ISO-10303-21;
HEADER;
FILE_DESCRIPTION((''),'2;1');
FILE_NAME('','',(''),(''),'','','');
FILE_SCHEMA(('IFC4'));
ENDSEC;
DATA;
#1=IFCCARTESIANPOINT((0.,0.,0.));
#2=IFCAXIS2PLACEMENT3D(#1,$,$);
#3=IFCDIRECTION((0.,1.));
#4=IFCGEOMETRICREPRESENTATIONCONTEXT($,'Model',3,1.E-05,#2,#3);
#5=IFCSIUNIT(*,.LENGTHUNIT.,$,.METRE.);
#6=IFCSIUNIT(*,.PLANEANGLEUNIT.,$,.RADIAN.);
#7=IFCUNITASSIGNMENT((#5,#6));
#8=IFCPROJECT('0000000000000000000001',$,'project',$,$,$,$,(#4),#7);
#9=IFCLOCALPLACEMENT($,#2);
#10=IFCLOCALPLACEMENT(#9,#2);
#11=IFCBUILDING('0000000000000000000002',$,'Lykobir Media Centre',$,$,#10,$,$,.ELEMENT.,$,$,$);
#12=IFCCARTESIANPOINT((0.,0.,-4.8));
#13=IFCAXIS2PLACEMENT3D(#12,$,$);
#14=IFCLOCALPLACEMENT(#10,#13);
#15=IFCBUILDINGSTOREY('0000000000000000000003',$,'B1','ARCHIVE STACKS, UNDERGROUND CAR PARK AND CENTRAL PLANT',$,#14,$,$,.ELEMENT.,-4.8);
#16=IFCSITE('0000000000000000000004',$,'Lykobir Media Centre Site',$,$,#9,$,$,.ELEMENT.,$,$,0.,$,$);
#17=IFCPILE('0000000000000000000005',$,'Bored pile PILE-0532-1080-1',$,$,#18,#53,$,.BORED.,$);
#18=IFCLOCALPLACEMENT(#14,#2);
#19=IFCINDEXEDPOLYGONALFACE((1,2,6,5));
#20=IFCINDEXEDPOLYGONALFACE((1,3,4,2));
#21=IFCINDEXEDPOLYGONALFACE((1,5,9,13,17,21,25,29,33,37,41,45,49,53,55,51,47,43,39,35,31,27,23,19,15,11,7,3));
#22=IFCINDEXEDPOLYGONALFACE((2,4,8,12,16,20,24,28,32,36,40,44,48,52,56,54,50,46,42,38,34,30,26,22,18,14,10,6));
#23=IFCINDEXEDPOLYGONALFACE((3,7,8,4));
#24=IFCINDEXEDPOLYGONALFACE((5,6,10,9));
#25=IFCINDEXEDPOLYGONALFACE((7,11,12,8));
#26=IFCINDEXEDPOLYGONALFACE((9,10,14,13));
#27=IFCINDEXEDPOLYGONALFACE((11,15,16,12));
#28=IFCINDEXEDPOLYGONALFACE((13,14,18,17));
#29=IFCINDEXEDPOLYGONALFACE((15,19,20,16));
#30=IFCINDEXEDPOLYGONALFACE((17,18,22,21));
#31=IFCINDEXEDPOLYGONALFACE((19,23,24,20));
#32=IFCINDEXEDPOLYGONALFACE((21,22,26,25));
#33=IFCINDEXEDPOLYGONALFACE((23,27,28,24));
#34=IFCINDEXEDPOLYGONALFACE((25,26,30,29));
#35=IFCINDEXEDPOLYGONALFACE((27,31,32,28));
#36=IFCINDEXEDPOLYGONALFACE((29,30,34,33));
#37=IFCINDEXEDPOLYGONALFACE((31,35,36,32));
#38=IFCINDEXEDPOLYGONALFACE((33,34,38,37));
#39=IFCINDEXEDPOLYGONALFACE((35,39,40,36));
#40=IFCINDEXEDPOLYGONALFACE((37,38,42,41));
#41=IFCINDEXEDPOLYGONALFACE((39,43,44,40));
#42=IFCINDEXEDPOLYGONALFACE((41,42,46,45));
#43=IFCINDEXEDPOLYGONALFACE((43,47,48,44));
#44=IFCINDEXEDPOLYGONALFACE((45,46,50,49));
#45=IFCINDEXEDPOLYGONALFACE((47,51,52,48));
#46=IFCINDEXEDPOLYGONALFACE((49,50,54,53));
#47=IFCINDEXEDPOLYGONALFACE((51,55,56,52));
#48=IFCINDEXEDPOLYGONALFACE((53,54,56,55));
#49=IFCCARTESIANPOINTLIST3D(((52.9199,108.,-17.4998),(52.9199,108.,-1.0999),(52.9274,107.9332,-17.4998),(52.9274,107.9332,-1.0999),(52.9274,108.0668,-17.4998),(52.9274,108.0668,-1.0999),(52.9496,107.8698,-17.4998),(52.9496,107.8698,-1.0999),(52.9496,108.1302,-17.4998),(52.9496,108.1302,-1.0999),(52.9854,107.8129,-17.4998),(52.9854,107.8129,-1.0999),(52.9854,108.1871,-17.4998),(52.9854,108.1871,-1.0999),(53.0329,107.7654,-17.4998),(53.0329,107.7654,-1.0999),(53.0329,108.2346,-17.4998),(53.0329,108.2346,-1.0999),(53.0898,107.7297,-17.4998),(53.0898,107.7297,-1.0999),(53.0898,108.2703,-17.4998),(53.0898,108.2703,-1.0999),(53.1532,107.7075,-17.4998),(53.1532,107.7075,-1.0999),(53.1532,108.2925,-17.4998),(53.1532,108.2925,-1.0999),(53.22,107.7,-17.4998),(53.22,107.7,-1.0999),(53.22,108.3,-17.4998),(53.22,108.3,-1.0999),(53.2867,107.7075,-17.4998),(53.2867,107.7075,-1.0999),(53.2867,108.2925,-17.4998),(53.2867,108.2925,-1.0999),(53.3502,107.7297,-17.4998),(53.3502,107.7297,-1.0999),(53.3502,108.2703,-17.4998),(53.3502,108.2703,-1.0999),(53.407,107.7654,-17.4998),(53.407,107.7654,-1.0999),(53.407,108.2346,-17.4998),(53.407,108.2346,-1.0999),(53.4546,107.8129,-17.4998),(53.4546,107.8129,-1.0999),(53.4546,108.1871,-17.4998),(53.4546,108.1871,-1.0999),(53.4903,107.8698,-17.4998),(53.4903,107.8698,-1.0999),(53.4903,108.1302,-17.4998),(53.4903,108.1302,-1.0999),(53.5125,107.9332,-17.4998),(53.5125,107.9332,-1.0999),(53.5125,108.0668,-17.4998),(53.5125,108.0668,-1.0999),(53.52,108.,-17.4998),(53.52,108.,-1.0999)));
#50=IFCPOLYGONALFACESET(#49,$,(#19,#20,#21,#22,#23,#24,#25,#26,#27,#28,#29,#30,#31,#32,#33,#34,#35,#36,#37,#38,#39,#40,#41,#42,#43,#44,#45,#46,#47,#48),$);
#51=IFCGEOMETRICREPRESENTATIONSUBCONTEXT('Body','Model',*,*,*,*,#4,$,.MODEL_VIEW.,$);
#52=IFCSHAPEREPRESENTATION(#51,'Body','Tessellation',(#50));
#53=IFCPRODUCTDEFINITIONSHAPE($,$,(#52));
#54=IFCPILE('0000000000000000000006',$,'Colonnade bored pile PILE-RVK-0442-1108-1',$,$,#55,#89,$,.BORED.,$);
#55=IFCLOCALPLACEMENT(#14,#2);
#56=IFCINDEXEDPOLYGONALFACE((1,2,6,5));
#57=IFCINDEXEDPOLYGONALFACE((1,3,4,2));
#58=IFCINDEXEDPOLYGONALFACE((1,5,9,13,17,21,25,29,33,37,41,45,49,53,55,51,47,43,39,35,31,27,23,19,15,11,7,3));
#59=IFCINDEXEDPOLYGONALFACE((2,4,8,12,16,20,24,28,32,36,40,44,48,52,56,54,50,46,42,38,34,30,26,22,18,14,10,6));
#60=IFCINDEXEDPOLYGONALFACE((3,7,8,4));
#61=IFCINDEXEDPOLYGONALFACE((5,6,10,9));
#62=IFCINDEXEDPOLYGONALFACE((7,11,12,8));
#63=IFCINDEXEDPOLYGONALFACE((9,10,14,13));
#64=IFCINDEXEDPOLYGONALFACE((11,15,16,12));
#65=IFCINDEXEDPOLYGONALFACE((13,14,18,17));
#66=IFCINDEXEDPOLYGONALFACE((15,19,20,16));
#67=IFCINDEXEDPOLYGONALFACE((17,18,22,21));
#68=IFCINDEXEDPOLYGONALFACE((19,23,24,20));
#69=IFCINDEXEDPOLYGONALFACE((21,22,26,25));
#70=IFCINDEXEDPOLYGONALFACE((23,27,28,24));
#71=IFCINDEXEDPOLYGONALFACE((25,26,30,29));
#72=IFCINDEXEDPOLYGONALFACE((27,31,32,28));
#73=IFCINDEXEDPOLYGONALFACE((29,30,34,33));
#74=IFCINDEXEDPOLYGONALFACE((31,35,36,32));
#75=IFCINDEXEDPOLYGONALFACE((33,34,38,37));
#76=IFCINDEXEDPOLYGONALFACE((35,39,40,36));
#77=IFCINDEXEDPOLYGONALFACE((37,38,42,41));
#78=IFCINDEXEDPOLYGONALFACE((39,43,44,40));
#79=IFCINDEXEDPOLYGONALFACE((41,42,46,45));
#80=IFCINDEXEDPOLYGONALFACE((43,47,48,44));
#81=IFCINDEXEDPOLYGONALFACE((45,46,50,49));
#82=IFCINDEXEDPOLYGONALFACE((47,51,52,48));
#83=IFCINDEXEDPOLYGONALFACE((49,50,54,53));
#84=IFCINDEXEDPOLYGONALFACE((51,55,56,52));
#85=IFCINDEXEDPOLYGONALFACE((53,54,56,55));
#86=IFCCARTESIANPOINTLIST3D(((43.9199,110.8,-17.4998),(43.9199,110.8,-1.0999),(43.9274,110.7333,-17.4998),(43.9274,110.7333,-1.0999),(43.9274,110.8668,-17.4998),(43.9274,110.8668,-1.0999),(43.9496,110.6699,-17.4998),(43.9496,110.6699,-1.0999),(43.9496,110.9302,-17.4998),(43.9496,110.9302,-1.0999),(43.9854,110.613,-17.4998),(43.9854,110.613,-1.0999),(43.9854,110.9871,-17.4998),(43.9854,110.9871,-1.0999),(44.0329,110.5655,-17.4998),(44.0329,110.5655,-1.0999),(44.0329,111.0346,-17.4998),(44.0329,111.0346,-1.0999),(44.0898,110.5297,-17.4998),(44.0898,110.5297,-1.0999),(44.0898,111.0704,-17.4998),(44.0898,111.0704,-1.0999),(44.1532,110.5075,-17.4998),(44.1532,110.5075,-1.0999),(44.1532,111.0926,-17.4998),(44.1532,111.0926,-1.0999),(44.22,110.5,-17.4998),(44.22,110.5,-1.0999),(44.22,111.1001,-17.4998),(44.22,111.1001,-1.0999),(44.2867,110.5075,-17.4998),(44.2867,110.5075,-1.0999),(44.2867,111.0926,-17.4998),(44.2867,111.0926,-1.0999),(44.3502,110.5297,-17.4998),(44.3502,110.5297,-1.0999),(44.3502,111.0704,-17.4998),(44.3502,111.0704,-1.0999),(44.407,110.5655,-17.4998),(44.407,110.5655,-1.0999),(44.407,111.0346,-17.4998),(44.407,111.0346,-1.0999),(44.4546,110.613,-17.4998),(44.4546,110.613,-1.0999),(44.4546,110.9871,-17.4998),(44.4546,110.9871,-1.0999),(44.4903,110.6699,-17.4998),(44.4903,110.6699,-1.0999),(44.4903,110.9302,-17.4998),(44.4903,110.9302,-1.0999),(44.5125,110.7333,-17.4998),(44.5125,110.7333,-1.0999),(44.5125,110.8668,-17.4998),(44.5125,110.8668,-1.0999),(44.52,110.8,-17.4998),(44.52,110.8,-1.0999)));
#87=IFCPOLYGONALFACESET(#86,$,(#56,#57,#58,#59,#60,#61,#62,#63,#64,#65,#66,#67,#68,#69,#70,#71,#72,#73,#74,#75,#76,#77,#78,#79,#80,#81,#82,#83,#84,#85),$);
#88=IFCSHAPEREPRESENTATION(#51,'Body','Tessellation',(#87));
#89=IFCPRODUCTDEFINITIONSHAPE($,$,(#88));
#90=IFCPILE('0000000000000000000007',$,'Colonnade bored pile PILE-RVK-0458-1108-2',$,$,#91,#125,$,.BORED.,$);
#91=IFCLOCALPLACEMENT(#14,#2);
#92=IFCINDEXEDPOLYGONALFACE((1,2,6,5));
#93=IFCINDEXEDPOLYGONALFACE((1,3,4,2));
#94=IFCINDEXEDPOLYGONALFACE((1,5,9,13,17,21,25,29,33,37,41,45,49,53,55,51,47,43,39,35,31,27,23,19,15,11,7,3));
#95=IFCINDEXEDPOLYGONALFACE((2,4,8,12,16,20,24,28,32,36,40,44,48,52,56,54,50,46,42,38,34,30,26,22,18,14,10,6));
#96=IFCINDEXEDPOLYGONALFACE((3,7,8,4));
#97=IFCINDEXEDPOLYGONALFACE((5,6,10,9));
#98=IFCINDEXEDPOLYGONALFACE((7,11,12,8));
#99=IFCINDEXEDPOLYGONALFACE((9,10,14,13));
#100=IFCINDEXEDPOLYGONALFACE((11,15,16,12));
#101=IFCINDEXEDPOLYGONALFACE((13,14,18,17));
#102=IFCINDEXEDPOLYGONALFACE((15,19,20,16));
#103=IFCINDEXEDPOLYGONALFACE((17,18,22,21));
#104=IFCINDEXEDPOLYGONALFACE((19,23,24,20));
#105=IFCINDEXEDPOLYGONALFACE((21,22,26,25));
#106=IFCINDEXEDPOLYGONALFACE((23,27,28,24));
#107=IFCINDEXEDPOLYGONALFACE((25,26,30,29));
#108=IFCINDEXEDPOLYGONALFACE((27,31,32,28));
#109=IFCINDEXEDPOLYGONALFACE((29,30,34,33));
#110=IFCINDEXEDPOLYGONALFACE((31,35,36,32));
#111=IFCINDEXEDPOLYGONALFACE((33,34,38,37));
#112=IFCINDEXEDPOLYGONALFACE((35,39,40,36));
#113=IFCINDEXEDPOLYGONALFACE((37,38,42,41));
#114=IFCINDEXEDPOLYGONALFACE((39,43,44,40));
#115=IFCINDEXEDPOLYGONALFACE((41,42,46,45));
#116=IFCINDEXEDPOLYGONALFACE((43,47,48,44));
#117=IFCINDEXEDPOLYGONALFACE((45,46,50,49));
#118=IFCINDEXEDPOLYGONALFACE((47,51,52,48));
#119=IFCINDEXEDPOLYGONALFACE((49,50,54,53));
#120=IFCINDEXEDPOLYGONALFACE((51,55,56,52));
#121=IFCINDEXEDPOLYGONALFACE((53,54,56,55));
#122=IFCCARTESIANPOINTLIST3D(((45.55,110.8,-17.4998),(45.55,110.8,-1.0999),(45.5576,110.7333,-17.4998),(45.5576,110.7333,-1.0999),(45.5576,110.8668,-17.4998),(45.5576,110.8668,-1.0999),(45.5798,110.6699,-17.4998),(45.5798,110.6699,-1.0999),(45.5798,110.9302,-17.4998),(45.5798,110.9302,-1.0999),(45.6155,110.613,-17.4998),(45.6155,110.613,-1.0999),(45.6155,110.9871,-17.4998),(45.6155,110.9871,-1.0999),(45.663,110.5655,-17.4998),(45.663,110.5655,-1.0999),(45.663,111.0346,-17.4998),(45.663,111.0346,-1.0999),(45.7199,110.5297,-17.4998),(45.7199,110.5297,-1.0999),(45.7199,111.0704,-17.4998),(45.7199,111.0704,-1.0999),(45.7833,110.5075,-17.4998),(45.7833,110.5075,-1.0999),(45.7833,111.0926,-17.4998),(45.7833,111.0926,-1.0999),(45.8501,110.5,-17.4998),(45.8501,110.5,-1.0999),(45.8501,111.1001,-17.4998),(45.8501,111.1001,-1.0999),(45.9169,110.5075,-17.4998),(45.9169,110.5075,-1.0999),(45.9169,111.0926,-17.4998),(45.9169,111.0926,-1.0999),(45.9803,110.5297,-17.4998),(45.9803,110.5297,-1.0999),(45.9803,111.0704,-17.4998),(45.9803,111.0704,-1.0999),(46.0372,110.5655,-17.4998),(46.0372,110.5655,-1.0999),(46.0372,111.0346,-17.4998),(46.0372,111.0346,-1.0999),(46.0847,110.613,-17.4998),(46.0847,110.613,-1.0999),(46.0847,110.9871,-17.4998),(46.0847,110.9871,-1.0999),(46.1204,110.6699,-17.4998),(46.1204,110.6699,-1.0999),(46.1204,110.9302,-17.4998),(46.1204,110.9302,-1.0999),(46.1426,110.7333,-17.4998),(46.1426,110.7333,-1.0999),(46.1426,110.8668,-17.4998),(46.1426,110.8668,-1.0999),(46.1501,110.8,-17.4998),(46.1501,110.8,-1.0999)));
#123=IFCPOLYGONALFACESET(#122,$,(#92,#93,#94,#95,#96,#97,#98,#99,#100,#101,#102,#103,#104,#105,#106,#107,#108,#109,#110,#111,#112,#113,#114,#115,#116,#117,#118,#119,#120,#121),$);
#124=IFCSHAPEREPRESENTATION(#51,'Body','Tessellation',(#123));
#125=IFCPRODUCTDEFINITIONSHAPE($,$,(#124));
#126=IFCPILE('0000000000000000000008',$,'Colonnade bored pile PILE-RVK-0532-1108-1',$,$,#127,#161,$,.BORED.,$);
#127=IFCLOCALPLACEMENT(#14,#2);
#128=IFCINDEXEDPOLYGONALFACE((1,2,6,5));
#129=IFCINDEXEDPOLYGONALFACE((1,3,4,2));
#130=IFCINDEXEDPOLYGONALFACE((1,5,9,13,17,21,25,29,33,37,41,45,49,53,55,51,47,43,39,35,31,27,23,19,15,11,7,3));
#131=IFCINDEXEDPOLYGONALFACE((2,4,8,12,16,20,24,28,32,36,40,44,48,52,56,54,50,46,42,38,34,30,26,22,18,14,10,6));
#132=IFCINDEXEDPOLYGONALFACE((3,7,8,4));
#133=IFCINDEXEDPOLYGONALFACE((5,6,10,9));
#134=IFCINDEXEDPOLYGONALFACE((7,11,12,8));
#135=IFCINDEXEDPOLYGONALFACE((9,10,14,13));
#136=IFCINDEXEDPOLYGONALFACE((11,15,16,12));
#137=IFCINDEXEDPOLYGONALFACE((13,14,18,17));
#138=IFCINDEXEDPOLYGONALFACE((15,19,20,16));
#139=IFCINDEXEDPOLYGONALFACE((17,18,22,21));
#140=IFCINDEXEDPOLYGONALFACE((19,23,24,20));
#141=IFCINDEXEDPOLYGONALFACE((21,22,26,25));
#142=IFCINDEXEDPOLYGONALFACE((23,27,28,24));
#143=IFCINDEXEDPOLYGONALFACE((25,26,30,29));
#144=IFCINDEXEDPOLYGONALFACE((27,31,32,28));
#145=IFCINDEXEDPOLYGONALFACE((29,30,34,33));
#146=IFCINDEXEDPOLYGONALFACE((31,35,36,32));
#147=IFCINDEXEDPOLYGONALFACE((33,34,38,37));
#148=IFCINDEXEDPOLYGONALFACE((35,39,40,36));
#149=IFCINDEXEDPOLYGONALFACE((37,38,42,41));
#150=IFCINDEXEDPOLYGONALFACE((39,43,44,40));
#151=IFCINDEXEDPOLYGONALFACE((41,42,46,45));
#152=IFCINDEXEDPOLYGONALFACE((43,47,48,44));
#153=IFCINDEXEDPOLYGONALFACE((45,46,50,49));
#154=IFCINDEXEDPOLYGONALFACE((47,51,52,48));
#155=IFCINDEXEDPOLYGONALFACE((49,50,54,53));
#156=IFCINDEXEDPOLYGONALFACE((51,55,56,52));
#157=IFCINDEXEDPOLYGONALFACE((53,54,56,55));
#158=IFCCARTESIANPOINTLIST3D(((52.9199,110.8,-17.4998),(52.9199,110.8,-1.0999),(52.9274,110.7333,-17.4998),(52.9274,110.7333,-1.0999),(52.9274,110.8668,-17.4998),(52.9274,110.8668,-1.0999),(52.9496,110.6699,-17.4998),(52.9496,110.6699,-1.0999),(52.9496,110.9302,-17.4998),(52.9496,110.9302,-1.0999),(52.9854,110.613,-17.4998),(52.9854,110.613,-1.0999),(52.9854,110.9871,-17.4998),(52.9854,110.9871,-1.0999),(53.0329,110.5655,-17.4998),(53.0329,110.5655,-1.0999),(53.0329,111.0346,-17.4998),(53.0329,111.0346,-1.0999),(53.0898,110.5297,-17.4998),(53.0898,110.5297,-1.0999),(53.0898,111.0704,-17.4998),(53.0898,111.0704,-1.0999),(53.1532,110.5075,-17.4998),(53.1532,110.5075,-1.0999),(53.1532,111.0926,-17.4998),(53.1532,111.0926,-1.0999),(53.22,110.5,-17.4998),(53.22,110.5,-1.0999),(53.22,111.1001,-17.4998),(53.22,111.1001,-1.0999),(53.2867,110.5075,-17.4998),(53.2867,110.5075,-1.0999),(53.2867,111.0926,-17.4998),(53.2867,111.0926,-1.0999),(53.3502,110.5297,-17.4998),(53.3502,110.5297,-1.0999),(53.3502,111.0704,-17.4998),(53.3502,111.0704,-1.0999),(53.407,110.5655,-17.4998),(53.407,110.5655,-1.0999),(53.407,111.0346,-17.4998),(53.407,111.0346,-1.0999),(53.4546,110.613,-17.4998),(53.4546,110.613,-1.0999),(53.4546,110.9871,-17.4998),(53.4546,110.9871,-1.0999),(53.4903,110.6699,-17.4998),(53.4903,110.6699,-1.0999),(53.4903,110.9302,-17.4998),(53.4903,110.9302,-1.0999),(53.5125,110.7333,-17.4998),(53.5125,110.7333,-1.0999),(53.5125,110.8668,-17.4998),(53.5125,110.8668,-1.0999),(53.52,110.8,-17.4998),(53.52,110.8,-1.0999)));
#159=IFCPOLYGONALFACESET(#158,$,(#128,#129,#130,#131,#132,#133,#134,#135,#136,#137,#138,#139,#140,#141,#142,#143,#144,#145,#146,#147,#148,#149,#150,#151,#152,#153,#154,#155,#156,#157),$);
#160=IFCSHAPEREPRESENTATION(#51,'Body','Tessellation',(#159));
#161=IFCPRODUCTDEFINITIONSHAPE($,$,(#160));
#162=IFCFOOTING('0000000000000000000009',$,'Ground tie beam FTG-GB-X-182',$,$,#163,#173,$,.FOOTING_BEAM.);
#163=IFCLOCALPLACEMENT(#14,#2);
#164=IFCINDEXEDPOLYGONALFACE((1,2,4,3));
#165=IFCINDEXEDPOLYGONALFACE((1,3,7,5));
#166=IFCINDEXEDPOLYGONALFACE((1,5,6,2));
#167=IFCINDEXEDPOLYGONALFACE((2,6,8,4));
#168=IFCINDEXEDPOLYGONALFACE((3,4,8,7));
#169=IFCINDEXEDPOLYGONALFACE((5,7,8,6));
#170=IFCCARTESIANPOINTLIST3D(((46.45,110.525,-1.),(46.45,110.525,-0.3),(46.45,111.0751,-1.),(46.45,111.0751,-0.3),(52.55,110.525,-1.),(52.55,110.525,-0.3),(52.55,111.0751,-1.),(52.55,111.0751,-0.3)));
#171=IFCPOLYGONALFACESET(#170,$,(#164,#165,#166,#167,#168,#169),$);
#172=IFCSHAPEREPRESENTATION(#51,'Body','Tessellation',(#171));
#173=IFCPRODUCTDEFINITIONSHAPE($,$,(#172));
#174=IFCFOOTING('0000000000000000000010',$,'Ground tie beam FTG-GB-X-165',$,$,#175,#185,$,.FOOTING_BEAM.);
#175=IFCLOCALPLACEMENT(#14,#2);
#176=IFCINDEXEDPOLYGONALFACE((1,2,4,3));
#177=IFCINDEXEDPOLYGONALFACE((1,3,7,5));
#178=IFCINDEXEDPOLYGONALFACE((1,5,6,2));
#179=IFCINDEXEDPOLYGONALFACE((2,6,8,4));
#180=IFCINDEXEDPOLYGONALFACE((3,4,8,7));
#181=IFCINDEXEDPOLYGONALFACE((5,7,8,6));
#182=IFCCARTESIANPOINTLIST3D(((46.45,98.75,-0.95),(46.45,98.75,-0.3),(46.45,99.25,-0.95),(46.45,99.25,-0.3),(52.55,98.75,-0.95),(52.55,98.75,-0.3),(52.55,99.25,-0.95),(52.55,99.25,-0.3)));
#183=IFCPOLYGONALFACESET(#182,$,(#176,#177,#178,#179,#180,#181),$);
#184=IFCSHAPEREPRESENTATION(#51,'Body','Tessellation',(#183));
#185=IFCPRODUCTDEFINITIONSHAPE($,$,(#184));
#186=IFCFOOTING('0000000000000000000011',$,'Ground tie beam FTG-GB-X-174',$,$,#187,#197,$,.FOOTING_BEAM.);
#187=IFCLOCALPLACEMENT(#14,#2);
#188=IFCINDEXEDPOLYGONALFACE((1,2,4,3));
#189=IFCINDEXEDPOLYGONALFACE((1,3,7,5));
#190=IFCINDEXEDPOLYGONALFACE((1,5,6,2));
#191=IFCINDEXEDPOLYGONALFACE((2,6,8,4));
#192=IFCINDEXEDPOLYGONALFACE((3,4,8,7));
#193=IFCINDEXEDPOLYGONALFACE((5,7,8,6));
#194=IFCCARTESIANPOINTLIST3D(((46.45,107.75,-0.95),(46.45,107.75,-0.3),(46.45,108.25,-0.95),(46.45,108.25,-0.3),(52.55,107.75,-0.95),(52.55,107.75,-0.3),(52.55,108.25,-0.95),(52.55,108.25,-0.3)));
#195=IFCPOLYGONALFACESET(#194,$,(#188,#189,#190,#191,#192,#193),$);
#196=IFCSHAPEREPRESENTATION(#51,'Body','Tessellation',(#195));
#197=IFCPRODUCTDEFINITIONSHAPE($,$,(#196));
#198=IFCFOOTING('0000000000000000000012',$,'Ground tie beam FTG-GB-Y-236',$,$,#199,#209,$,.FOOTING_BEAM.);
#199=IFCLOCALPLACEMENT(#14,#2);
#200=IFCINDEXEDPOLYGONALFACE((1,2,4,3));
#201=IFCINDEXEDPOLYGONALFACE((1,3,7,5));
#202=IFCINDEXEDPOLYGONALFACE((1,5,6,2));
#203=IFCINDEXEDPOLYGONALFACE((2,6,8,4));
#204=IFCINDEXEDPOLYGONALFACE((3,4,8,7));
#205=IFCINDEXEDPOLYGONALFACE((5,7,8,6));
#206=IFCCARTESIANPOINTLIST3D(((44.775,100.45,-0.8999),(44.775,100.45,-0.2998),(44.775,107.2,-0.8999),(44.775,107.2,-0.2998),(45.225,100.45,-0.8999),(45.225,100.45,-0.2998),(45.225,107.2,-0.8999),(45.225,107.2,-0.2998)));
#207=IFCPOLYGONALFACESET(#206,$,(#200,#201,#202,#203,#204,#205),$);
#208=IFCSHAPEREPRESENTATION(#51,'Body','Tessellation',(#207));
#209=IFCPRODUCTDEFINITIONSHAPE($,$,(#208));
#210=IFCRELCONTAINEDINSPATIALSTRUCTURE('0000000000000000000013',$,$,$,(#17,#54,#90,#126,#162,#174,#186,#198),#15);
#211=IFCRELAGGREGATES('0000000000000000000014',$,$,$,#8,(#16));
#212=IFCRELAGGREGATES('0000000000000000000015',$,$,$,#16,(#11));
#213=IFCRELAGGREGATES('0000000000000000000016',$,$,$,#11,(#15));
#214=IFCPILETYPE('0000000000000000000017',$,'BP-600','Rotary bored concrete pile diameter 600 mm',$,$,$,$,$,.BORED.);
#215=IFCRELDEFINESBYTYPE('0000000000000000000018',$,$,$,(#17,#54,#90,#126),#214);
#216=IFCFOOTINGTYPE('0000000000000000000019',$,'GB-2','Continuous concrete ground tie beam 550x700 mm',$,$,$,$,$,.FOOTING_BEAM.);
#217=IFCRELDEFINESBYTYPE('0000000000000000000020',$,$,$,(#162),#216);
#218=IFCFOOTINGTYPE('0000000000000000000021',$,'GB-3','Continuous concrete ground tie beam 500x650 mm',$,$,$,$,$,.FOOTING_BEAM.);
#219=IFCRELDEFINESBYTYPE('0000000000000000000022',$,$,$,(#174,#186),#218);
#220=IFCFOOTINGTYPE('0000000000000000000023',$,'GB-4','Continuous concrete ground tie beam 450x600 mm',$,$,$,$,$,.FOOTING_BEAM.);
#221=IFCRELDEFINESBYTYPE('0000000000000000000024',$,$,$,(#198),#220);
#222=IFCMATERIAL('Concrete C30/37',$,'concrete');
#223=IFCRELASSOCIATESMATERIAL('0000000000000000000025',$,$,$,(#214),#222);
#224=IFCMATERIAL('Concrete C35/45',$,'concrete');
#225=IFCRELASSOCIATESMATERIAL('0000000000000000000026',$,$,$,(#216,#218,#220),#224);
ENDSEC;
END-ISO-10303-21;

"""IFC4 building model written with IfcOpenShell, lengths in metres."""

from ifc_helpers import new_model, si_unit, direction, frame, origin, origin_2d, place, context, subcontext, project, spatial, rectangle, circle, extrude, material, material_profile, profile_set, type_object, element, save


model = new_model("IFC4")

# Units and contexts
model_context = context("Model", 3, precision=1e-05, world=origin(), true_north=direction((0.0, 1.0)))
body_context = subcontext(model_context, "Body", "Model", "MODEL_VIEW")
ifc_project = project(units=[si_unit("LENGTHUNIT", "METRE"), si_unit("PLANEANGLEUNIT", "RADIAN")], contexts=[model_context])

# Site, building, storey
site_placement = place(None, origin())
site = spatial("IfcSite", under=ifc_project, at=site_placement, Name="Lykobir Media Centre Site", CompositionType="ELEMENT", RefElevation=0.0)
building_placement = place(site_placement, origin())
building = spatial("IfcBuilding", under=site, at=building_placement, Name="Lykobir Media Centre", CompositionType="ELEMENT")
storey_placement = place(building_placement, frame((0.0, 0.0, -4.8)))
storey = spatial("IfcBuildingStorey", under=building, at=storey_placement, Name="B1", Description="ARCHIVE STACKS, UNDERGROUND CAR PARK AND CENTRAL PLANT", CompositionType="ELEMENT", Elevation=-4.8)

# Piles
ifc_material_1 = material(Name="Concrete C30/37", Category="concrete")
ifc_material_profile_1 = material_profile(ifc_material_1, circle(Radius=0.3, at=origin_2d()), Name="BORED PILE D600")
ifc_profile_set_1 = profile_set([ifc_material_profile_1], Name="Concrete C30/37")
pile_type = type_object("IfcPileType", Name="BP-600", Description="Rotary bored concrete pile diameter 600 mm", PredefinedType="BORED", material=ifc_profile_set_1)
for number, where, z_axis, x_axis, name in (
    (1, (53.22, 108.0, -1.0999), (0.0, 0.0, -1.0), (1.0, 0.0, 0.0), "Bored pile PILE-0532-1080-1"),
    (2, (44.22, 110.8, -1.0999), (0.0, 0.0, -1.0), (1.0, 0.0, 0.0), "Colonnade bored pile PILE-RVK-0442-1108-1"),
    (3, (45.8501, 110.8, -1.0999), (0.0, 0.0, -1.0), (1.0, 0.0, 0.0), "Colonnade bored pile PILE-RVK-0458-1108-2"),
    (4, (53.22, 110.8, -1.0999), (0.0, 0.0, -1.0), (1.0, 0.0, 0.0), "Colonnade bored pile PILE-RVK-0532-1108-1"),
):
    element("IfcPile", number, at=place(storey_placement, frame(where, z_axis=z_axis, x_axis=x_axis)), inside=storey, type_object=pile_type, Name=name, PredefinedType="BORED", context=body_context, shape_type="SweptSolid", body=[
        extrude(circle(Radius=0.3, at=origin_2d()), origin(), (0.0, 0.0, 1.0), 16.3999),
    ])

# Footings
ifc_material_2 = material(Name="Concrete C35/45", Category="concrete")
footing_type_1 = type_object("IfcFootingType", Name="GB-2", Description="Continuous concrete ground tie beam 550x700 mm", PredefinedType="FOOTING_BEAM", material=ifc_material_2)
footing_1_placement = place(storey_placement, frame((49.5, 110.8, -1.0), z_axis=(0.0, 0.0, 1.0), x_axis=(1.0, 0.0, 0.0)))
element("IfcFooting", 5, at=footing_1_placement, inside=storey, type_object=footing_type_1, Name="Ground tie beam FTG-GB-X-182", PredefinedType="FOOTING_BEAM", context=body_context, shape_type="SweptSolid", body=[
    extrude(rectangle(XDim=6.1001, YDim=0.55, at=origin_2d()), origin(), (0.0, 0.0, 1.0), 0.7),
])
footing_type_2 = type_object("IfcFootingType", Name="GB-3", Description="Continuous concrete ground tie beam 500x650 mm", PredefinedType="FOOTING_BEAM", material=ifc_material_2)
for number, where, z_axis, x_axis, name in (
    (6, (49.5, 99.0, -0.95), (0.0, 0.0, 1.0), (1.0, 0.0, 0.0), "Ground tie beam FTG-GB-X-165"),
    (7, (49.5, 108.0, -0.95), (0.0, 0.0, 1.0), (1.0, 0.0, 0.0), "Ground tie beam FTG-GB-X-174"),
):
    element("IfcFooting", number, at=place(storey_placement, frame(where, z_axis=z_axis, x_axis=x_axis)), inside=storey, type_object=footing_type_2, Name=name, PredefinedType="FOOTING_BEAM", context=body_context, shape_type="SweptSolid", body=[
        extrude(rectangle(XDim=6.1001, YDim=0.5, at=origin_2d()), origin(), (0.0, 0.0, 1.0), 0.6499),
    ])
footing_type_3 = type_object("IfcFootingType", Name="GB-4", Description="Continuous concrete ground tie beam 450x600 mm", PredefinedType="FOOTING_BEAM", material=ifc_material_2)
for number, where, z_axis, x_axis, name in (
    (8, (45.0, 103.825, -0.8999), (0.0, 0.0, 1.0), (0.0, 1.0, 0.0), "Ground tie beam FTG-GB-Y-236"),
):
    element("IfcFooting", number, at=place(storey_placement, frame(where, z_axis=z_axis, x_axis=x_axis)), inside=storey, type_object=footing_type_3, Name=name, PredefinedType="FOOTING_BEAM", context=body_context, shape_type="SweptSolid", body=[
        extrude(rectangle(XDim=6.75, YDim=0.45, at=origin_2d()), origin(), (0.0, 0.0, 1.0), 0.6001),
    ])

save(model, "model.ifc")
